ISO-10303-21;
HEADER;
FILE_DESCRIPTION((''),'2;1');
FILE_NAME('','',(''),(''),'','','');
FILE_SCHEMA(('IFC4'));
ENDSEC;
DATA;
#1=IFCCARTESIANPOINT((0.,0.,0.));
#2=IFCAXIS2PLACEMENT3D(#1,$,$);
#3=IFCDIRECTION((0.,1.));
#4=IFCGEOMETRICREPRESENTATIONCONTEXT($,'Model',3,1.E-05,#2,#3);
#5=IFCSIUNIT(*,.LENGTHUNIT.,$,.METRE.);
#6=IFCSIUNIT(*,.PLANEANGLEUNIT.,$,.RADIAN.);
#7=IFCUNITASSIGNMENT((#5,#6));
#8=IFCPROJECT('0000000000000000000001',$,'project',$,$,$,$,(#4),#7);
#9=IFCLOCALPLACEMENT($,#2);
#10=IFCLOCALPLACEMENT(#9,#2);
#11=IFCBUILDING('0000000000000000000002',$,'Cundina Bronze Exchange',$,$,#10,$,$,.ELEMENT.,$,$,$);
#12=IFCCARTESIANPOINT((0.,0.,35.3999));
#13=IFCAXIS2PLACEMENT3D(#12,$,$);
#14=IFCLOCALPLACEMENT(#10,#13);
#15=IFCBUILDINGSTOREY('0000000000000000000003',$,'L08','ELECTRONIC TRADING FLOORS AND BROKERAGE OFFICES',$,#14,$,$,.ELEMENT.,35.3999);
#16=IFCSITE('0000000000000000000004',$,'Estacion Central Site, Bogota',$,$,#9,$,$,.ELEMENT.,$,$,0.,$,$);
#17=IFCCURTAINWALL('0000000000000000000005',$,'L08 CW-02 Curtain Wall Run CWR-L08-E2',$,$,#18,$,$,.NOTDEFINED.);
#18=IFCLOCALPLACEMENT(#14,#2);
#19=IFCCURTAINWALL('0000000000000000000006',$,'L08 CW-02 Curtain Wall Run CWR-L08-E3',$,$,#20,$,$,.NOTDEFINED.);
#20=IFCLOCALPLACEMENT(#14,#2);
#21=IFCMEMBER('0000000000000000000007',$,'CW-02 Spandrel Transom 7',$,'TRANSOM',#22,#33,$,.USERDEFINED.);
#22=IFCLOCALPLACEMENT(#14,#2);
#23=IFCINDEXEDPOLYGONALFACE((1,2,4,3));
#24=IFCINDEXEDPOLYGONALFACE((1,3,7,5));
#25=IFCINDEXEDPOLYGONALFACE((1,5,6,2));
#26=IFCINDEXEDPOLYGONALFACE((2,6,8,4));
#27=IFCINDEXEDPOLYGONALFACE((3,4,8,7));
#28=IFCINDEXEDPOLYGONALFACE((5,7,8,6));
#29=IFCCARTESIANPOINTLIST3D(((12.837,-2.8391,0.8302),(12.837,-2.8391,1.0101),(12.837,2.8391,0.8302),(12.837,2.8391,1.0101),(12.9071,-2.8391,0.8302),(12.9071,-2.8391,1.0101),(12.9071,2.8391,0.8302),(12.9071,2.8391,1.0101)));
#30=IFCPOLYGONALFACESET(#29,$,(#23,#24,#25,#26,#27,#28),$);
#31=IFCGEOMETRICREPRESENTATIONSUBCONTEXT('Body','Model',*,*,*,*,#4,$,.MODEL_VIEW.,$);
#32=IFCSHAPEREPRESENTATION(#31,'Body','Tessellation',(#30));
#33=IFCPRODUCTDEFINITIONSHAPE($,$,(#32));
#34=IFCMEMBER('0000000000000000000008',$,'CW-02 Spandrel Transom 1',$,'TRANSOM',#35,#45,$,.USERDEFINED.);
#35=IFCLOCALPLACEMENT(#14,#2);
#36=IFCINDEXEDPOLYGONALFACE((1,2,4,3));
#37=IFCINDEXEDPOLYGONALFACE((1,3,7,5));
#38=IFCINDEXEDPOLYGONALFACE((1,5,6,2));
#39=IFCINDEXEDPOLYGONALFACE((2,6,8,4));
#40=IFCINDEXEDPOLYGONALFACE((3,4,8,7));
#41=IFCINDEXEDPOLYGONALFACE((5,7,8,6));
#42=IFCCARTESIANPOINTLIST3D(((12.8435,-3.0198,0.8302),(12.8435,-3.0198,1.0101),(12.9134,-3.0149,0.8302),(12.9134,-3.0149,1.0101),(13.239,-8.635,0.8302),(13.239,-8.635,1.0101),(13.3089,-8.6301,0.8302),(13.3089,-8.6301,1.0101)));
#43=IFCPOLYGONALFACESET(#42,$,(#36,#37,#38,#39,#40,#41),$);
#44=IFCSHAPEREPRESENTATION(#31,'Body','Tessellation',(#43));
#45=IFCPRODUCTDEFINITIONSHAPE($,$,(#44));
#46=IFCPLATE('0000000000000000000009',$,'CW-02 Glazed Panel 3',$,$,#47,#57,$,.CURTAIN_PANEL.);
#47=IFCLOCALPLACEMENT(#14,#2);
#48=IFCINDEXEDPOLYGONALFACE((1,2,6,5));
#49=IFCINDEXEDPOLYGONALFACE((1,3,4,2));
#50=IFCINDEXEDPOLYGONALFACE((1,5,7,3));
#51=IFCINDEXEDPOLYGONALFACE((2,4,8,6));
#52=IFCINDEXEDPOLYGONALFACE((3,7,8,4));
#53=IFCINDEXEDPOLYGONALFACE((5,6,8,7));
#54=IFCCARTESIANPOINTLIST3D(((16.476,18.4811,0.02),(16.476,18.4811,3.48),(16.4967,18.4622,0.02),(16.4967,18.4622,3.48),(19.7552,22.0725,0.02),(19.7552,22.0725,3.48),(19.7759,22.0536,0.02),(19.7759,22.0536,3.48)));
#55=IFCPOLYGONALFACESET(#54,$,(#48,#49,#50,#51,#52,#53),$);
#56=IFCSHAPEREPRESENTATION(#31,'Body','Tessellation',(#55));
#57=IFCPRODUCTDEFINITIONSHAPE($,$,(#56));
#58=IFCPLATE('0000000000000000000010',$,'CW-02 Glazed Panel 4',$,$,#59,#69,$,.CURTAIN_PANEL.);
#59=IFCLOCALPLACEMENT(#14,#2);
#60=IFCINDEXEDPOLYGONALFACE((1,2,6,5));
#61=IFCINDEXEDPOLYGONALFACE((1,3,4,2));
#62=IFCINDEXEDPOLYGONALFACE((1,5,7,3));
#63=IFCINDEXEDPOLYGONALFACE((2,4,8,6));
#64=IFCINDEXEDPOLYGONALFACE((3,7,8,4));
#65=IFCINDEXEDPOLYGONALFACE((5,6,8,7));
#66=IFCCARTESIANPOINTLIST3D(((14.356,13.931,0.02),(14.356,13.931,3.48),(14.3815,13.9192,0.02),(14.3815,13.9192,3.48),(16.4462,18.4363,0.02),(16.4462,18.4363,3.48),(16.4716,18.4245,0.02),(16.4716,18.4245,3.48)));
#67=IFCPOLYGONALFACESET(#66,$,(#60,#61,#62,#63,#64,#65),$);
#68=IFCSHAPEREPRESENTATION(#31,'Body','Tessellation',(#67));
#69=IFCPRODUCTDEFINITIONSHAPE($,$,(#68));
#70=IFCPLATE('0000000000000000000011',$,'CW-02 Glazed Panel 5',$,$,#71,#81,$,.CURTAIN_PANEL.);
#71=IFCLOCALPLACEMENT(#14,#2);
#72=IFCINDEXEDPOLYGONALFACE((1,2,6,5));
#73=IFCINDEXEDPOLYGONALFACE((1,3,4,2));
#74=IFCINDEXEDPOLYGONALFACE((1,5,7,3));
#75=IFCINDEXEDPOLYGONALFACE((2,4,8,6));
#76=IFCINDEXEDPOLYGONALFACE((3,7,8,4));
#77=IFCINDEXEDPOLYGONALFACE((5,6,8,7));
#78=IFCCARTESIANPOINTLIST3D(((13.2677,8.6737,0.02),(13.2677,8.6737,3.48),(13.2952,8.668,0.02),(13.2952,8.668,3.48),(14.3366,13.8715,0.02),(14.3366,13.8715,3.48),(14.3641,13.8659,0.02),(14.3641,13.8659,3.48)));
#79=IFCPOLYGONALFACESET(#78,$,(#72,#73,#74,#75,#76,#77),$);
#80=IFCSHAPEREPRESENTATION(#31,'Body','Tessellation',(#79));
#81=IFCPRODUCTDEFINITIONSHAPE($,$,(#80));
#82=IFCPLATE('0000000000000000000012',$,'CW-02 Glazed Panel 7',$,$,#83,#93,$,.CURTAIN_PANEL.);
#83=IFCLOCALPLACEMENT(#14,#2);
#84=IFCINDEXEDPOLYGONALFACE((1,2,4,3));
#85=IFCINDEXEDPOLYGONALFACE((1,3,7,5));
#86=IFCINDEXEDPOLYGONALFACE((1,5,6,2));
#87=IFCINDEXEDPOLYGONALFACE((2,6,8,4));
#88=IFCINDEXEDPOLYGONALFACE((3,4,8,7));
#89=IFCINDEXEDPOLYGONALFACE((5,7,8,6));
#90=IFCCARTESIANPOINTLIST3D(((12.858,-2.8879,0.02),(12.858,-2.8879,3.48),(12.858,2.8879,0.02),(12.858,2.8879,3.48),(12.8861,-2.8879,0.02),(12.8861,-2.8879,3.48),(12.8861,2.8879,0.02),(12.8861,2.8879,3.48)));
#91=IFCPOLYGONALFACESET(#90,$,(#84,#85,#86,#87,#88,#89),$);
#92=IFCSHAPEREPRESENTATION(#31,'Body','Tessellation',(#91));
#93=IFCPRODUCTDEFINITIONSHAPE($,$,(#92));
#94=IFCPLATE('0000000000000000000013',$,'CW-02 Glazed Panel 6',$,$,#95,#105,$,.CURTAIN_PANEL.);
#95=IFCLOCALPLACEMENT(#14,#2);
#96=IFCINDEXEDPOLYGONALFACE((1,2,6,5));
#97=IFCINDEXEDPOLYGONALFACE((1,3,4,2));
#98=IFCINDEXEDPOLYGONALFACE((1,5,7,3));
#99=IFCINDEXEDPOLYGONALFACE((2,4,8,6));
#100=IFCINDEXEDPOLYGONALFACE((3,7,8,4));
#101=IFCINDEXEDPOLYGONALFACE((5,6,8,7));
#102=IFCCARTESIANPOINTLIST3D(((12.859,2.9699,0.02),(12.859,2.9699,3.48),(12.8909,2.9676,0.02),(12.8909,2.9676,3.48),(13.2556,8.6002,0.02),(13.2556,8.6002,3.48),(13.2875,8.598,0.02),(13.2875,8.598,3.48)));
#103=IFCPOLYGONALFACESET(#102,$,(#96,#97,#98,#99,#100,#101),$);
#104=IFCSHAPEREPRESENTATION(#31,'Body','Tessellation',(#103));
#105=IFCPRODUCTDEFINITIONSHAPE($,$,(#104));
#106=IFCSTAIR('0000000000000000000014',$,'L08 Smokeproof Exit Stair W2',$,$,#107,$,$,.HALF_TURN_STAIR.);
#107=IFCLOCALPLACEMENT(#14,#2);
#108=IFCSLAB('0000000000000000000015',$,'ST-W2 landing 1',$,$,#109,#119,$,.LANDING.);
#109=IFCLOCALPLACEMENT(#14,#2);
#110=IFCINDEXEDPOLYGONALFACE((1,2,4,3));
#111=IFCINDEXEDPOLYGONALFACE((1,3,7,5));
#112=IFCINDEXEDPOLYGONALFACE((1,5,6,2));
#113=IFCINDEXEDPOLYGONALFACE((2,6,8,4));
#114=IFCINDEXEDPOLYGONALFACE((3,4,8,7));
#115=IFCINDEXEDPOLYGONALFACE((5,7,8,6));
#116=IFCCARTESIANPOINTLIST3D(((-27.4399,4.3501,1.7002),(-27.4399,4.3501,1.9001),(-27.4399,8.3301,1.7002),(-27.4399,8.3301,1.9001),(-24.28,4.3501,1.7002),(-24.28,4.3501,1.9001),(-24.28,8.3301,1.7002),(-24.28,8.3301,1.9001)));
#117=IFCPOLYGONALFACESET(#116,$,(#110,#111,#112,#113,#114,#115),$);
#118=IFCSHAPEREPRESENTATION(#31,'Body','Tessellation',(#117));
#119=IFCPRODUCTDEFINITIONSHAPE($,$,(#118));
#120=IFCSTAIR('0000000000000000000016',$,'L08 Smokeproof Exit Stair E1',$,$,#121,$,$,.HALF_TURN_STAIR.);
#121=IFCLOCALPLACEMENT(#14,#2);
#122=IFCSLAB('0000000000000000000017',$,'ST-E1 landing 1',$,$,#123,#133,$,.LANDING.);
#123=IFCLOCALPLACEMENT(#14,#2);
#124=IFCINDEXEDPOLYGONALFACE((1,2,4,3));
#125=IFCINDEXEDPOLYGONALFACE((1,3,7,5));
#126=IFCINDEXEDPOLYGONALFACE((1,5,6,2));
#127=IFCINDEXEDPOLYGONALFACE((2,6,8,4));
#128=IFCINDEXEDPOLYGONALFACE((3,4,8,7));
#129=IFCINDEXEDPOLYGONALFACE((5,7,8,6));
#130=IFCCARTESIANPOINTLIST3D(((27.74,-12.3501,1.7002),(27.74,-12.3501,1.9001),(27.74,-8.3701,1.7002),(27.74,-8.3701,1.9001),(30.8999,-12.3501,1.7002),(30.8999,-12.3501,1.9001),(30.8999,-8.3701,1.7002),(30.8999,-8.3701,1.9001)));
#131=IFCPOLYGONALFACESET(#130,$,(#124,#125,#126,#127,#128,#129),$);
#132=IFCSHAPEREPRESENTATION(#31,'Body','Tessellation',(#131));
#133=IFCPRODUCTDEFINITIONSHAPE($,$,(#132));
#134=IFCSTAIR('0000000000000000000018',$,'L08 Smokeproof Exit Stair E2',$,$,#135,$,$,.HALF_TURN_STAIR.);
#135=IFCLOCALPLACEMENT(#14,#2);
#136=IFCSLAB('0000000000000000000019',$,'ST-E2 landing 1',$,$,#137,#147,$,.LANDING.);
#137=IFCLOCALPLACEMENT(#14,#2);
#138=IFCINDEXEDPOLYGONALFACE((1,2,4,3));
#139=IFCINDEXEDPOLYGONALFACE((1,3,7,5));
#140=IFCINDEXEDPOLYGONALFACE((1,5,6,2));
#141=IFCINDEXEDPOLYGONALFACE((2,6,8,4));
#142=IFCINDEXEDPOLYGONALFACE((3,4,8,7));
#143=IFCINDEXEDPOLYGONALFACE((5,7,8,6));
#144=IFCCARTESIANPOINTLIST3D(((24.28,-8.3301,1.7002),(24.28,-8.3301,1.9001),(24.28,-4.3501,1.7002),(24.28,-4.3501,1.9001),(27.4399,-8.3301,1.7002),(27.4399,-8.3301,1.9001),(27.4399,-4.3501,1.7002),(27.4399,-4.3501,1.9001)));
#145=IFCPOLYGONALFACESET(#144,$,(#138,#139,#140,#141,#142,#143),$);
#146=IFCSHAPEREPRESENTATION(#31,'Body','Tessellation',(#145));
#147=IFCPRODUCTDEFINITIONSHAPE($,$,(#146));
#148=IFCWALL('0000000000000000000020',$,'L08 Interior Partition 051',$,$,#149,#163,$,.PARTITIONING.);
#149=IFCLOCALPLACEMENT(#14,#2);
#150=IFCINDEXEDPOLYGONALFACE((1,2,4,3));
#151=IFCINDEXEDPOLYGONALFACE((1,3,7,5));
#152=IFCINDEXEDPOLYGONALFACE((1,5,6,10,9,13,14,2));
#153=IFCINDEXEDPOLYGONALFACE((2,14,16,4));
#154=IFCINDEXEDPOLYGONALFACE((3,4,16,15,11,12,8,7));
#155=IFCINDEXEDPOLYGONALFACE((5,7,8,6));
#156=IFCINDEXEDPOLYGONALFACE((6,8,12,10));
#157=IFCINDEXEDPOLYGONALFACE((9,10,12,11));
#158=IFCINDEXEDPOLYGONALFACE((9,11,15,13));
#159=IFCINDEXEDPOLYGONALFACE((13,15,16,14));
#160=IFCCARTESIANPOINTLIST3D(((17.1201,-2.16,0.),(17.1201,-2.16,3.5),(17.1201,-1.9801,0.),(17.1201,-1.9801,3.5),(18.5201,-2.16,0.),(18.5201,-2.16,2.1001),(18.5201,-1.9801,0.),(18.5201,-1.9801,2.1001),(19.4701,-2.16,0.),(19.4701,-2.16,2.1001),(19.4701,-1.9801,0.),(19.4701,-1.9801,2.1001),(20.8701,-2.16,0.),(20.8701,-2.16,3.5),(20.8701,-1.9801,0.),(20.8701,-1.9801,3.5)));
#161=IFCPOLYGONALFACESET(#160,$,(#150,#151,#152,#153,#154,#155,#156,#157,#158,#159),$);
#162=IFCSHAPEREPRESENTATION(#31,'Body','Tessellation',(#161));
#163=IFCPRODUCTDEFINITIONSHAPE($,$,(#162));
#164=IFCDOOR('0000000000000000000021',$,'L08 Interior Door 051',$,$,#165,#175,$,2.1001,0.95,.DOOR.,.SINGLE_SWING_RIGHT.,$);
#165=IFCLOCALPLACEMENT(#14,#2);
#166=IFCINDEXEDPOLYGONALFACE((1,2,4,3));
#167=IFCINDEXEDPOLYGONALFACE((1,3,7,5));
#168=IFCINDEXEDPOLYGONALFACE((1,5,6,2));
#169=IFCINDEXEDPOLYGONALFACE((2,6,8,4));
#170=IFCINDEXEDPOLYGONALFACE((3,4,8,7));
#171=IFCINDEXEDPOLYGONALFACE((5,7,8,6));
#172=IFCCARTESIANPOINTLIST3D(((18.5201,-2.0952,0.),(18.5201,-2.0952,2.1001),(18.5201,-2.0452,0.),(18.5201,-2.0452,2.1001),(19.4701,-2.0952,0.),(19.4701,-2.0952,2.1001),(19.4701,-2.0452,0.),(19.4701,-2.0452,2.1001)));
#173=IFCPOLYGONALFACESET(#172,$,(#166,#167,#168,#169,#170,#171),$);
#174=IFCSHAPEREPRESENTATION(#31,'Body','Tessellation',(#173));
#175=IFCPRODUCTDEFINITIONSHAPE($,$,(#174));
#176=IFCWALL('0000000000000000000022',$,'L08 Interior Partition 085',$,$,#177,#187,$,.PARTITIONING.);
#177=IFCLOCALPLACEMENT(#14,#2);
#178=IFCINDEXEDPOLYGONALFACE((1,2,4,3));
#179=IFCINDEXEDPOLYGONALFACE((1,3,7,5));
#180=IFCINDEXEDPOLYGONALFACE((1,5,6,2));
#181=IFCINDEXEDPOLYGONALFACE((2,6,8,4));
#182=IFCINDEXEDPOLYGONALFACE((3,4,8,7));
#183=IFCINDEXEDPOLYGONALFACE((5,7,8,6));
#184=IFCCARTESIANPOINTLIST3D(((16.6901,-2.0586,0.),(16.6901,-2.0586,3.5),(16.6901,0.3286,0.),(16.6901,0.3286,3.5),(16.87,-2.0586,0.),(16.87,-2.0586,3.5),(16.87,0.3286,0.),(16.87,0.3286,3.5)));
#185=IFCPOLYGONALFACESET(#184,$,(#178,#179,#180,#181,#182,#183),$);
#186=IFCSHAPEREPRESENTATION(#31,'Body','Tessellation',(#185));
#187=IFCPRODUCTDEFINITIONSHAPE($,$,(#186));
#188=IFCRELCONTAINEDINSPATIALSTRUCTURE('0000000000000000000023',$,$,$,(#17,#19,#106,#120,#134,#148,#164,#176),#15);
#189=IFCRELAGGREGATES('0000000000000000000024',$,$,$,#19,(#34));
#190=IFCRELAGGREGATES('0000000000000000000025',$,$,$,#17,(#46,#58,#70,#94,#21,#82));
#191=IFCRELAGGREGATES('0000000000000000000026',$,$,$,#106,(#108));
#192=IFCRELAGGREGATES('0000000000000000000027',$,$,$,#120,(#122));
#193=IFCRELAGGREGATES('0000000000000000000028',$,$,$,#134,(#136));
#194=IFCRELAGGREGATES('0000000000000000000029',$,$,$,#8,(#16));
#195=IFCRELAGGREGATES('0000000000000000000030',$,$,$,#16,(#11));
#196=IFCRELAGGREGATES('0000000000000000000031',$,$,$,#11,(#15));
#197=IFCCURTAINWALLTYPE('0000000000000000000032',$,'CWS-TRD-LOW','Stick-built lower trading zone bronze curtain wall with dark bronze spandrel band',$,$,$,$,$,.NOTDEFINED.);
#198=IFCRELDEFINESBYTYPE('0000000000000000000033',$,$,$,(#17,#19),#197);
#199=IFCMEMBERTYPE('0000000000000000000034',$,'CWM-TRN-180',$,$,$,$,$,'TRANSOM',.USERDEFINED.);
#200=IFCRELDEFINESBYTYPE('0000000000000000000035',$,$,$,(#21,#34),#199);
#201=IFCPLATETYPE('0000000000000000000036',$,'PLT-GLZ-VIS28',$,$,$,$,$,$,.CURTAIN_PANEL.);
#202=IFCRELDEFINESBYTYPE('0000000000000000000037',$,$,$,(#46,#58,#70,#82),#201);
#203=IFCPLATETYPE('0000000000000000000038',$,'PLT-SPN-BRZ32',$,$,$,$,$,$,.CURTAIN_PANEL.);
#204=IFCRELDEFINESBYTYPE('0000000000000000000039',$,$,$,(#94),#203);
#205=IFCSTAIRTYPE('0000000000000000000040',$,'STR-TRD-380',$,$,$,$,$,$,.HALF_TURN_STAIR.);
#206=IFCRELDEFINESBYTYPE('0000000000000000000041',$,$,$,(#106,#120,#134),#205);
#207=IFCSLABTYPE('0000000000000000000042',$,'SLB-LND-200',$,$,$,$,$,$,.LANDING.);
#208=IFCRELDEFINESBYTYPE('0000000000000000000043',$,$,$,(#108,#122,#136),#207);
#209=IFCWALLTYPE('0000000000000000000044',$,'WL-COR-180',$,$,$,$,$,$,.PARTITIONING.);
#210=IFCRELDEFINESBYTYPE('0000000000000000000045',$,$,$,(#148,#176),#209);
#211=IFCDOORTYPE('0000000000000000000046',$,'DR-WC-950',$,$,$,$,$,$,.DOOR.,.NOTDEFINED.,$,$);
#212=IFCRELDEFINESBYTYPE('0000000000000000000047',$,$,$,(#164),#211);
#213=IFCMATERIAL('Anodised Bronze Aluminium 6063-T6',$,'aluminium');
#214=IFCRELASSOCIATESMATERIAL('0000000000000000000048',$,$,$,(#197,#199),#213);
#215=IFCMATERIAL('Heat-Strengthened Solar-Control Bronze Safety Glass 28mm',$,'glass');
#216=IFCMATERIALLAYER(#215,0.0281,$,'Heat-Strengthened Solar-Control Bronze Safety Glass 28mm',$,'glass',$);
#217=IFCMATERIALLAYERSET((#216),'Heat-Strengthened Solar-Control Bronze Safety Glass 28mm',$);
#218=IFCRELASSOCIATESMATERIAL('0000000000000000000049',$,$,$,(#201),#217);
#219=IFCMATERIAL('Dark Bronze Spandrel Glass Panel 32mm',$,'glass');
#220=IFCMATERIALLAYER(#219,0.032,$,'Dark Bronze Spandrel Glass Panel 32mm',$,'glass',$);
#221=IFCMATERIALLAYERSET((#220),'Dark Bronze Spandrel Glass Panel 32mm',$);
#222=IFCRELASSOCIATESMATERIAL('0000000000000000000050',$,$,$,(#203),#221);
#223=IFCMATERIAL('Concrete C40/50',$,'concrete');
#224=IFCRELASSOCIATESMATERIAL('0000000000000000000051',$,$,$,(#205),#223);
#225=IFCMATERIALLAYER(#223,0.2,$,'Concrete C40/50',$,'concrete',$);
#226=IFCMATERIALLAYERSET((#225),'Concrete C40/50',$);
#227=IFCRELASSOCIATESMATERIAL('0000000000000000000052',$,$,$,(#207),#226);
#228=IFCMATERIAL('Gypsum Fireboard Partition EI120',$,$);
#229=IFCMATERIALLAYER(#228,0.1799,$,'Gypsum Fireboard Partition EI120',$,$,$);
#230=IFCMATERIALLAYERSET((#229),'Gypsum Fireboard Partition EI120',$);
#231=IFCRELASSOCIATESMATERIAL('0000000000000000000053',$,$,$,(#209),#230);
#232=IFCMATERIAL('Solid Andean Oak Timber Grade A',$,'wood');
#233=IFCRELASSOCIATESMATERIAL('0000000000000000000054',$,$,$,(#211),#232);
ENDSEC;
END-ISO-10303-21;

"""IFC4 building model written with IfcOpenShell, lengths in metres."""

from ifc_helpers import new_model, si_unit, direction, frame, frame_2d, origin, origin_2d, place, context, subcontext, project, spatial, polyline, rectangle, outline, extrude, material, layer, layer_set, material_profile, profile_set, type_object, element, fill, aggregate, save


model = new_model("IFC4")

# Units and contexts
model_context = context("Model", 3, precision=1e-05, world=origin(), true_north=direction((0.0, 1.0)))
body_context = subcontext(model_context, "Body", "Model", "MODEL_VIEW")
ifc_project = project(units=[si_unit("LENGTHUNIT", "METRE"), si_unit("PLANEANGLEUNIT", "RADIAN")], contexts=[model_context])

# Site, building, storey
site_placement = place(None, origin())
site = spatial("IfcSite", under=ifc_project, at=site_placement, Name="Estacion Central Site, Bogota", CompositionType="ELEMENT", RefElevation=0.0)
building_placement = place(site_placement, origin())
building = spatial("IfcBuilding", under=site, at=building_placement, Name="Cundina Bronze Exchange", CompositionType="ELEMENT")
storey_placement = place(building_placement, frame((0.0, 0.0, 35.3999)))
storey = spatial("IfcBuildingStorey", under=building, at=storey_placement, Name="L08", Description="ELECTRONIC TRADING FLOORS AND BROKERAGE OFFICES", CompositionType="ELEMENT", Elevation=35.3999)

# Curtain wall
ifc_material_1 = material(Name="Anodised Bronze Aluminium 6063-T6", Category="aluminium")
curtain_wall_type = type_object("IfcCurtainWallType", Name="CWS-TRD-LOW", Description="Stick-built lower trading zone bronze curtain wall with dark bronze spandrel band", PredefinedType="NOTDEFINED", material=ifc_material_1)
curtain_wall_1_placement = place(storey_placement, origin())
curtain_wall_1 = element("IfcCurtainWall", 1, at=curtain_wall_1_placement, inside=storey, type_object=curtain_wall_type, Name="L08 CW-02 Curtain Wall Run CWR-L08-E2", PredefinedType="NOTDEFINED")

# Curtain wall
curtain_wall_2_placement = place(storey_placement, origin())
curtain_wall_2 = element("IfcCurtainWall", 2, at=curtain_wall_2_placement, inside=storey, type_object=curtain_wall_type, Name="L08 CW-02 Curtain Wall Run CWR-L08-E3", PredefinedType="NOTDEFINED")

# Members
ifc_material_profile_1 = material_profile(ifc_material_1, rectangle(XDim=0.0701, YDim=0.1799, at=origin_2d()), Name="AL70X180", Category="aluminium")
ifc_profile_set_1 = profile_set([ifc_material_profile_1], Name="Anodised Bronze Aluminium 6063-T6")
member_type_1 = type_object("IfcMemberType", Name="CWM-TRN-180", ElementType="TRANSOM", PredefinedType="USERDEFINED", material=ifc_profile_set_1)
member_1_placement = place(storey_placement, frame((12.8721, 2.8391, 0.9202), z_axis=(0.0, -1.0, 0.0), x_axis=(1.0, 0.0, 0.0)))
member_1 = element("IfcMember", 3, at=member_1_placement, type_object=member_type_1, Name="CW-02 Spandrel Transom 7", ObjectType="TRANSOM", PredefinedType="USERDEFINED", context=body_context, shape_type="SweptSolid", body=[
    extrude(rectangle(XDim=0.0701, YDim=0.1799, at=origin_2d()), origin(), (0.0, 0.0, 1.0), 5.6782),
])
member_2_placement = place(storey_placement, frame((12.8784, -3.0173, 0.9202), z_axis=(0.070261, -0.997529, 0.0), x_axis=(0.997529, 0.070261, 0.0)))
member_2 = element("IfcMember", 4, at=member_2_placement, type_object=member_type_1, Name="CW-02 Spandrel Transom 1", ObjectType="TRANSOM", PredefinedType="USERDEFINED", context=body_context, shape_type="SweptSolid", body=[
    extrude(rectangle(XDim=0.0701, YDim=0.1799, at=origin_2d()), origin(), (0.0, 0.0, 1.0), 5.6292),
])
aggregate(curtain_wall_2, [member_2])

# Plates
ifc_material_2 = material(Name="Heat-Strengthened Solar-Control Bronze Safety Glass 28mm", Category="glass")
ifc_layer_1 = layer(ifc_material_2, 0.0281, Name="Heat-Strengthened Solar-Control Bronze Safety Glass 28mm", Category="glass")
ifc_layer_set_1 = layer_set([ifc_layer_1], Name="Heat-Strengthened Solar-Control Bronze Safety Glass 28mm")
plate_type_1 = type_object("IfcPlateType", Name="PLT-GLZ-VIS28", PredefinedType="CURTAIN_PANEL", material=ifc_layer_set_1)
plate_1_placement = place(storey_placement, frame((18.126, 20.2673, 0.02), z_axis=(0.0, 0.0, 1.0), x_axis=(-0.674277, -0.738479, 0.0)))
plate_1 = element("IfcPlate", 5, at=plate_1_placement, type_object=plate_type_1, Name="CW-02 Glazed Panel 3", PredefinedType="CURTAIN_PANEL", context=body_context, shape_type="SweptSolid", body=[
    extrude(rectangle(XDim=4.8633, YDim=0.0281, at=origin_2d()), origin(), (0.0, 0.0, 1.0), 3.46),
])
plate_2_placement = place(storey_placement, frame((15.4138, 16.1777, 0.02), z_axis=(0.0, 0.0, 1.0), x_axis=(-0.420846, -0.907132, 0.0)))
plate_2 = element("IfcPlate", 6, at=plate_2_placement, type_object=plate_type_1, Name="CW-02 Glazed Panel 4", PredefinedType="CURTAIN_PANEL", context=body_context, shape_type="SweptSolid", body=[
    extrude(rectangle(XDim=4.9666, YDim=0.0281, at=origin_2d()), origin(), (0.0, 0.0, 1.0), 3.46),
])
plate_3_placement = place(storey_placement, frame((13.8159, 11.2698, 0.02), z_axis=(0.0, 0.0, 1.0), x_axis=(-0.20142, -0.979505, 0.0)))
plate_3 = element("IfcPlate", 7, at=plate_3_placement, type_object=plate_type_1, Name="CW-02 Glazed Panel 5", PredefinedType="CURTAIN_PANEL", context=body_context, shape_type="SweptSolid", body=[
    extrude(rectangle(XDim=5.3066, YDim=0.0281, at=origin_2d()), origin(), (0.0, 0.0, 1.0), 3.46),
])
plate_4_placement = place(storey_placement, frame((12.8721, 0.0, 0.02), z_axis=(0.0, 0.0, 1.0), x_axis=(0.0, -1.0, 0.0)))
plate_4 = element("IfcPlate", 8, at=plate_4_placement, type_object=plate_type_1, Name="CW-02 Glazed Panel 7", PredefinedType="CURTAIN_PANEL", context=body_context, shape_type="SweptSolid", body=[
    extrude(rectangle(XDim=5.7759, YDim=0.0281, at=origin_2d()), origin(), (0.0, 0.0, 1.0), 3.46),
])
ifc_material_3 = material(Name="Dark Bronze Spandrel Glass Panel 32mm", Category="glass")
ifc_layer_2 = layer(ifc_material_3, 0.032, Name="Dark Bronze Spandrel Glass Panel 32mm", Category="glass")
ifc_layer_set_2 = layer_set([ifc_layer_2], Name="Dark Bronze Spandrel Glass Panel 32mm")
plate_type_2 = type_object("IfcPlateType", Name="PLT-SPN-BRZ32", PredefinedType="CURTAIN_PANEL", material=ifc_layer_set_2)
plate_5_placement = place(storey_placement, frame((13.0732, 5.7839, 0.02), z_axis=(0.0, 0.0, 1.0), x_axis=(-0.070279, -0.997527, 0.0)))
plate_5 = element("IfcPlate", 9, at=plate_5_placement, type_object=plate_type_2, Name="CW-02 Glazed Panel 6", PredefinedType="CURTAIN_PANEL", context=body_context, shape_type="SweptSolid", body=[
    extrude(rectangle(XDim=5.6443, YDim=0.032, at=origin_2d()), origin(), (0.0, 0.0, 1.0), 3.46),
])
aggregate(curtain_wall_1, [plate_1, plate_2, plate_3, plate_5, member_1, plate_4])

# Stairs, slabs
ifc_material_4 = material(Name="Concrete C40/50", Category="concrete")
stair_type = type_object("IfcStairType", Name="STR-TRD-380", PredefinedType="HALF_TURN_STAIR", material=ifc_material_4)
stair_1_placement = place(storey_placement, origin())
stair_1 = element("IfcStair", 10, at=stair_1_placement, inside=storey, type_object=stair_type, Name="L08 Smokeproof Exit Stair W2", PredefinedType="HALF_TURN_STAIR")
ifc_layer_3 = layer(ifc_material_4, 0.2, Name="Concrete C40/50", Category="concrete")
ifc_layer_set_3 = layer_set([ifc_layer_3], Name="Concrete C40/50")
slab_type = type_object("IfcSlabType", Name="SLB-LND-200", PredefinedType="LANDING", material=ifc_layer_set_3)
slab_1_placement = place(storey_placement, frame((0.0, 0.0, 1.7002)))
slab_1 = element("IfcSlab", 11, at=slab_1_placement, type_object=slab_type, Name="ST-W2 landing 1", PredefinedType="LANDING", context=body_context, shape_type="SweptSolid", body=[
    extrude(outline(polyline([(-27.4399, 8.3301), (-27.4399, 4.3501), (-24.28, 4.3501), (-24.28, 8.3301), (-27.4399, 8.3301)])), origin(), (0.0, 0.0, 1.0), 0.2),
])
aggregate(stair_1, [slab_1])
stair_2_placement = place(storey_placement, origin())
stair_2 = element("IfcStair", 12, at=stair_2_placement, inside=storey, type_object=stair_type, Name="L08 Smokeproof Exit Stair E1", PredefinedType="HALF_TURN_STAIR")
slab_2_placement = place(storey_placement, frame((0.0, 0.0, 1.7002)))
slab_2 = element("IfcSlab", 13, at=slab_2_placement, type_object=slab_type, Name="ST-E1 landing 1", PredefinedType="LANDING", context=body_context, shape_type="SweptSolid", body=[
    extrude(outline(polyline([(27.74, -8.3701), (27.74, -12.3501), (30.8999, -12.3501), (30.8999, -8.3701), (27.74, -8.3701)])), origin(), (0.0, 0.0, 1.0), 0.2),
])
aggregate(stair_2, [slab_2])
stair_3_placement = place(storey_placement, origin())
stair_3 = element("IfcStair", 14, at=stair_3_placement, inside=storey, type_object=stair_type, Name="L08 Smokeproof Exit Stair E2", PredefinedType="HALF_TURN_STAIR")
slab_3_placement = place(storey_placement, frame((0.0, 0.0, 1.7002)))
slab_3 = element("IfcSlab", 15, at=slab_3_placement, type_object=slab_type, Name="ST-E2 landing 1", PredefinedType="LANDING", context=body_context, shape_type="SweptSolid", body=[
    extrude(outline(polyline([(27.4399, -8.3301), (27.4399, -4.3501), (24.28, -4.3501), (24.28, -8.3301), (27.4399, -8.3301)])), origin(), (0.0, 0.0, 1.0), 0.2),
])
aggregate(stair_3, [slab_3])

# Wall, opening, door
ifc_material_5 = material(Name="Gypsum Fireboard Partition EI120")
ifc_layer_4 = layer(ifc_material_5, 0.1799, Name="Gypsum Fireboard Partition EI120")
ifc_layer_set_4 = layer_set([ifc_layer_4], Name="Gypsum Fireboard Partition EI120")
wall_type_1 = type_object("IfcWallType", Name="WL-COR-180", PredefinedType="PARTITIONING", material=ifc_layer_set_4)
wall_1_placement = place(storey_placement, frame((17.1201, -2.0701, 0.0), z_axis=(0.0, 0.0, 1.0), x_axis=(1.0, 0.0, 0.0)))
wall_1 = element("IfcWall", 16, at=wall_1_placement, inside=storey, type_object=wall_type_1, Name="L08 Interior Partition 051", PredefinedType="PARTITIONING", context=body_context, shape_type="SweptSolid", body=[
    extrude(rectangle(XDim=3.75, YDim=0.1799, at=frame_2d((1.875, 0.0))), origin(), (0.0, 0.0, 1.0), 3.5),
])
opening_placement = place(wall_1_placement, frame((1.3999, 0.0, 0.0)))
opening = element("IfcOpeningElement", 17, at=opening_placement, cuts=wall_1, PredefinedType="OPENING", context=body_context, shape_type="SweptSolid", body=[
    extrude(rectangle(XDim=0.95, YDim=2.1001, at=frame_2d((0.4751, 1.05))), frame((0.0, 0.0999, 0.0), z_axis=(0.0, -1.0, 0.0), x_axis=(1.0, 0.0, 0.0)), (0.0, 0.0, 1.0), 0.2),
])
ifc_material_6 = material(Name="Solid Andean Oak Timber Grade A", Category="wood")
door_type = type_object("IfcDoorType", Name="DR-WC-950", OperationType="NOTDEFINED", PredefinedType="DOOR", material=ifc_material_6)
door_placement = place(opening_placement, origin())
door = element("IfcDoor", 18, at=door_placement, inside=storey, type_object=door_type, Name="L08 Interior Door 051", OperationType="SINGLE_SWING_RIGHT", OverallHeight=2.1001, OverallWidth=0.95, PredefinedType="DOOR", context=body_context, shape_type="SweptSolid", body=[
    extrude(rectangle(XDim=0.95, YDim=2.1001, at=frame_2d((0.4751, 1.05))), frame((0.0, 0.0249, 0.0), z_axis=(0.0, -1.0, 0.0), x_axis=(1.0, 0.0, 0.0)), (0.0, 0.0, 1.0), 0.05),
])
fill(opening, door)

# Wall
wall_2_placement = place(storey_placement, frame((16.78, 0.3286, 0.0), z_axis=(0.0, 0.0, 1.0), x_axis=(0.0, -1.0, 0.0)))
element("IfcWall", 19, at=wall_2_placement, inside=storey, type_object=wall_type_1, Name="L08 Interior Partition 085", PredefinedType="PARTITIONING", context=body_context, shape_type="SweptSolid", body=[
    extrude(rectangle(XDim=2.3872, YDim=0.1799, at=frame_2d((1.1936, 0.0))), origin(), (0.0, 0.0, 1.0), 3.5),
])

save(model, "model.ifc")
